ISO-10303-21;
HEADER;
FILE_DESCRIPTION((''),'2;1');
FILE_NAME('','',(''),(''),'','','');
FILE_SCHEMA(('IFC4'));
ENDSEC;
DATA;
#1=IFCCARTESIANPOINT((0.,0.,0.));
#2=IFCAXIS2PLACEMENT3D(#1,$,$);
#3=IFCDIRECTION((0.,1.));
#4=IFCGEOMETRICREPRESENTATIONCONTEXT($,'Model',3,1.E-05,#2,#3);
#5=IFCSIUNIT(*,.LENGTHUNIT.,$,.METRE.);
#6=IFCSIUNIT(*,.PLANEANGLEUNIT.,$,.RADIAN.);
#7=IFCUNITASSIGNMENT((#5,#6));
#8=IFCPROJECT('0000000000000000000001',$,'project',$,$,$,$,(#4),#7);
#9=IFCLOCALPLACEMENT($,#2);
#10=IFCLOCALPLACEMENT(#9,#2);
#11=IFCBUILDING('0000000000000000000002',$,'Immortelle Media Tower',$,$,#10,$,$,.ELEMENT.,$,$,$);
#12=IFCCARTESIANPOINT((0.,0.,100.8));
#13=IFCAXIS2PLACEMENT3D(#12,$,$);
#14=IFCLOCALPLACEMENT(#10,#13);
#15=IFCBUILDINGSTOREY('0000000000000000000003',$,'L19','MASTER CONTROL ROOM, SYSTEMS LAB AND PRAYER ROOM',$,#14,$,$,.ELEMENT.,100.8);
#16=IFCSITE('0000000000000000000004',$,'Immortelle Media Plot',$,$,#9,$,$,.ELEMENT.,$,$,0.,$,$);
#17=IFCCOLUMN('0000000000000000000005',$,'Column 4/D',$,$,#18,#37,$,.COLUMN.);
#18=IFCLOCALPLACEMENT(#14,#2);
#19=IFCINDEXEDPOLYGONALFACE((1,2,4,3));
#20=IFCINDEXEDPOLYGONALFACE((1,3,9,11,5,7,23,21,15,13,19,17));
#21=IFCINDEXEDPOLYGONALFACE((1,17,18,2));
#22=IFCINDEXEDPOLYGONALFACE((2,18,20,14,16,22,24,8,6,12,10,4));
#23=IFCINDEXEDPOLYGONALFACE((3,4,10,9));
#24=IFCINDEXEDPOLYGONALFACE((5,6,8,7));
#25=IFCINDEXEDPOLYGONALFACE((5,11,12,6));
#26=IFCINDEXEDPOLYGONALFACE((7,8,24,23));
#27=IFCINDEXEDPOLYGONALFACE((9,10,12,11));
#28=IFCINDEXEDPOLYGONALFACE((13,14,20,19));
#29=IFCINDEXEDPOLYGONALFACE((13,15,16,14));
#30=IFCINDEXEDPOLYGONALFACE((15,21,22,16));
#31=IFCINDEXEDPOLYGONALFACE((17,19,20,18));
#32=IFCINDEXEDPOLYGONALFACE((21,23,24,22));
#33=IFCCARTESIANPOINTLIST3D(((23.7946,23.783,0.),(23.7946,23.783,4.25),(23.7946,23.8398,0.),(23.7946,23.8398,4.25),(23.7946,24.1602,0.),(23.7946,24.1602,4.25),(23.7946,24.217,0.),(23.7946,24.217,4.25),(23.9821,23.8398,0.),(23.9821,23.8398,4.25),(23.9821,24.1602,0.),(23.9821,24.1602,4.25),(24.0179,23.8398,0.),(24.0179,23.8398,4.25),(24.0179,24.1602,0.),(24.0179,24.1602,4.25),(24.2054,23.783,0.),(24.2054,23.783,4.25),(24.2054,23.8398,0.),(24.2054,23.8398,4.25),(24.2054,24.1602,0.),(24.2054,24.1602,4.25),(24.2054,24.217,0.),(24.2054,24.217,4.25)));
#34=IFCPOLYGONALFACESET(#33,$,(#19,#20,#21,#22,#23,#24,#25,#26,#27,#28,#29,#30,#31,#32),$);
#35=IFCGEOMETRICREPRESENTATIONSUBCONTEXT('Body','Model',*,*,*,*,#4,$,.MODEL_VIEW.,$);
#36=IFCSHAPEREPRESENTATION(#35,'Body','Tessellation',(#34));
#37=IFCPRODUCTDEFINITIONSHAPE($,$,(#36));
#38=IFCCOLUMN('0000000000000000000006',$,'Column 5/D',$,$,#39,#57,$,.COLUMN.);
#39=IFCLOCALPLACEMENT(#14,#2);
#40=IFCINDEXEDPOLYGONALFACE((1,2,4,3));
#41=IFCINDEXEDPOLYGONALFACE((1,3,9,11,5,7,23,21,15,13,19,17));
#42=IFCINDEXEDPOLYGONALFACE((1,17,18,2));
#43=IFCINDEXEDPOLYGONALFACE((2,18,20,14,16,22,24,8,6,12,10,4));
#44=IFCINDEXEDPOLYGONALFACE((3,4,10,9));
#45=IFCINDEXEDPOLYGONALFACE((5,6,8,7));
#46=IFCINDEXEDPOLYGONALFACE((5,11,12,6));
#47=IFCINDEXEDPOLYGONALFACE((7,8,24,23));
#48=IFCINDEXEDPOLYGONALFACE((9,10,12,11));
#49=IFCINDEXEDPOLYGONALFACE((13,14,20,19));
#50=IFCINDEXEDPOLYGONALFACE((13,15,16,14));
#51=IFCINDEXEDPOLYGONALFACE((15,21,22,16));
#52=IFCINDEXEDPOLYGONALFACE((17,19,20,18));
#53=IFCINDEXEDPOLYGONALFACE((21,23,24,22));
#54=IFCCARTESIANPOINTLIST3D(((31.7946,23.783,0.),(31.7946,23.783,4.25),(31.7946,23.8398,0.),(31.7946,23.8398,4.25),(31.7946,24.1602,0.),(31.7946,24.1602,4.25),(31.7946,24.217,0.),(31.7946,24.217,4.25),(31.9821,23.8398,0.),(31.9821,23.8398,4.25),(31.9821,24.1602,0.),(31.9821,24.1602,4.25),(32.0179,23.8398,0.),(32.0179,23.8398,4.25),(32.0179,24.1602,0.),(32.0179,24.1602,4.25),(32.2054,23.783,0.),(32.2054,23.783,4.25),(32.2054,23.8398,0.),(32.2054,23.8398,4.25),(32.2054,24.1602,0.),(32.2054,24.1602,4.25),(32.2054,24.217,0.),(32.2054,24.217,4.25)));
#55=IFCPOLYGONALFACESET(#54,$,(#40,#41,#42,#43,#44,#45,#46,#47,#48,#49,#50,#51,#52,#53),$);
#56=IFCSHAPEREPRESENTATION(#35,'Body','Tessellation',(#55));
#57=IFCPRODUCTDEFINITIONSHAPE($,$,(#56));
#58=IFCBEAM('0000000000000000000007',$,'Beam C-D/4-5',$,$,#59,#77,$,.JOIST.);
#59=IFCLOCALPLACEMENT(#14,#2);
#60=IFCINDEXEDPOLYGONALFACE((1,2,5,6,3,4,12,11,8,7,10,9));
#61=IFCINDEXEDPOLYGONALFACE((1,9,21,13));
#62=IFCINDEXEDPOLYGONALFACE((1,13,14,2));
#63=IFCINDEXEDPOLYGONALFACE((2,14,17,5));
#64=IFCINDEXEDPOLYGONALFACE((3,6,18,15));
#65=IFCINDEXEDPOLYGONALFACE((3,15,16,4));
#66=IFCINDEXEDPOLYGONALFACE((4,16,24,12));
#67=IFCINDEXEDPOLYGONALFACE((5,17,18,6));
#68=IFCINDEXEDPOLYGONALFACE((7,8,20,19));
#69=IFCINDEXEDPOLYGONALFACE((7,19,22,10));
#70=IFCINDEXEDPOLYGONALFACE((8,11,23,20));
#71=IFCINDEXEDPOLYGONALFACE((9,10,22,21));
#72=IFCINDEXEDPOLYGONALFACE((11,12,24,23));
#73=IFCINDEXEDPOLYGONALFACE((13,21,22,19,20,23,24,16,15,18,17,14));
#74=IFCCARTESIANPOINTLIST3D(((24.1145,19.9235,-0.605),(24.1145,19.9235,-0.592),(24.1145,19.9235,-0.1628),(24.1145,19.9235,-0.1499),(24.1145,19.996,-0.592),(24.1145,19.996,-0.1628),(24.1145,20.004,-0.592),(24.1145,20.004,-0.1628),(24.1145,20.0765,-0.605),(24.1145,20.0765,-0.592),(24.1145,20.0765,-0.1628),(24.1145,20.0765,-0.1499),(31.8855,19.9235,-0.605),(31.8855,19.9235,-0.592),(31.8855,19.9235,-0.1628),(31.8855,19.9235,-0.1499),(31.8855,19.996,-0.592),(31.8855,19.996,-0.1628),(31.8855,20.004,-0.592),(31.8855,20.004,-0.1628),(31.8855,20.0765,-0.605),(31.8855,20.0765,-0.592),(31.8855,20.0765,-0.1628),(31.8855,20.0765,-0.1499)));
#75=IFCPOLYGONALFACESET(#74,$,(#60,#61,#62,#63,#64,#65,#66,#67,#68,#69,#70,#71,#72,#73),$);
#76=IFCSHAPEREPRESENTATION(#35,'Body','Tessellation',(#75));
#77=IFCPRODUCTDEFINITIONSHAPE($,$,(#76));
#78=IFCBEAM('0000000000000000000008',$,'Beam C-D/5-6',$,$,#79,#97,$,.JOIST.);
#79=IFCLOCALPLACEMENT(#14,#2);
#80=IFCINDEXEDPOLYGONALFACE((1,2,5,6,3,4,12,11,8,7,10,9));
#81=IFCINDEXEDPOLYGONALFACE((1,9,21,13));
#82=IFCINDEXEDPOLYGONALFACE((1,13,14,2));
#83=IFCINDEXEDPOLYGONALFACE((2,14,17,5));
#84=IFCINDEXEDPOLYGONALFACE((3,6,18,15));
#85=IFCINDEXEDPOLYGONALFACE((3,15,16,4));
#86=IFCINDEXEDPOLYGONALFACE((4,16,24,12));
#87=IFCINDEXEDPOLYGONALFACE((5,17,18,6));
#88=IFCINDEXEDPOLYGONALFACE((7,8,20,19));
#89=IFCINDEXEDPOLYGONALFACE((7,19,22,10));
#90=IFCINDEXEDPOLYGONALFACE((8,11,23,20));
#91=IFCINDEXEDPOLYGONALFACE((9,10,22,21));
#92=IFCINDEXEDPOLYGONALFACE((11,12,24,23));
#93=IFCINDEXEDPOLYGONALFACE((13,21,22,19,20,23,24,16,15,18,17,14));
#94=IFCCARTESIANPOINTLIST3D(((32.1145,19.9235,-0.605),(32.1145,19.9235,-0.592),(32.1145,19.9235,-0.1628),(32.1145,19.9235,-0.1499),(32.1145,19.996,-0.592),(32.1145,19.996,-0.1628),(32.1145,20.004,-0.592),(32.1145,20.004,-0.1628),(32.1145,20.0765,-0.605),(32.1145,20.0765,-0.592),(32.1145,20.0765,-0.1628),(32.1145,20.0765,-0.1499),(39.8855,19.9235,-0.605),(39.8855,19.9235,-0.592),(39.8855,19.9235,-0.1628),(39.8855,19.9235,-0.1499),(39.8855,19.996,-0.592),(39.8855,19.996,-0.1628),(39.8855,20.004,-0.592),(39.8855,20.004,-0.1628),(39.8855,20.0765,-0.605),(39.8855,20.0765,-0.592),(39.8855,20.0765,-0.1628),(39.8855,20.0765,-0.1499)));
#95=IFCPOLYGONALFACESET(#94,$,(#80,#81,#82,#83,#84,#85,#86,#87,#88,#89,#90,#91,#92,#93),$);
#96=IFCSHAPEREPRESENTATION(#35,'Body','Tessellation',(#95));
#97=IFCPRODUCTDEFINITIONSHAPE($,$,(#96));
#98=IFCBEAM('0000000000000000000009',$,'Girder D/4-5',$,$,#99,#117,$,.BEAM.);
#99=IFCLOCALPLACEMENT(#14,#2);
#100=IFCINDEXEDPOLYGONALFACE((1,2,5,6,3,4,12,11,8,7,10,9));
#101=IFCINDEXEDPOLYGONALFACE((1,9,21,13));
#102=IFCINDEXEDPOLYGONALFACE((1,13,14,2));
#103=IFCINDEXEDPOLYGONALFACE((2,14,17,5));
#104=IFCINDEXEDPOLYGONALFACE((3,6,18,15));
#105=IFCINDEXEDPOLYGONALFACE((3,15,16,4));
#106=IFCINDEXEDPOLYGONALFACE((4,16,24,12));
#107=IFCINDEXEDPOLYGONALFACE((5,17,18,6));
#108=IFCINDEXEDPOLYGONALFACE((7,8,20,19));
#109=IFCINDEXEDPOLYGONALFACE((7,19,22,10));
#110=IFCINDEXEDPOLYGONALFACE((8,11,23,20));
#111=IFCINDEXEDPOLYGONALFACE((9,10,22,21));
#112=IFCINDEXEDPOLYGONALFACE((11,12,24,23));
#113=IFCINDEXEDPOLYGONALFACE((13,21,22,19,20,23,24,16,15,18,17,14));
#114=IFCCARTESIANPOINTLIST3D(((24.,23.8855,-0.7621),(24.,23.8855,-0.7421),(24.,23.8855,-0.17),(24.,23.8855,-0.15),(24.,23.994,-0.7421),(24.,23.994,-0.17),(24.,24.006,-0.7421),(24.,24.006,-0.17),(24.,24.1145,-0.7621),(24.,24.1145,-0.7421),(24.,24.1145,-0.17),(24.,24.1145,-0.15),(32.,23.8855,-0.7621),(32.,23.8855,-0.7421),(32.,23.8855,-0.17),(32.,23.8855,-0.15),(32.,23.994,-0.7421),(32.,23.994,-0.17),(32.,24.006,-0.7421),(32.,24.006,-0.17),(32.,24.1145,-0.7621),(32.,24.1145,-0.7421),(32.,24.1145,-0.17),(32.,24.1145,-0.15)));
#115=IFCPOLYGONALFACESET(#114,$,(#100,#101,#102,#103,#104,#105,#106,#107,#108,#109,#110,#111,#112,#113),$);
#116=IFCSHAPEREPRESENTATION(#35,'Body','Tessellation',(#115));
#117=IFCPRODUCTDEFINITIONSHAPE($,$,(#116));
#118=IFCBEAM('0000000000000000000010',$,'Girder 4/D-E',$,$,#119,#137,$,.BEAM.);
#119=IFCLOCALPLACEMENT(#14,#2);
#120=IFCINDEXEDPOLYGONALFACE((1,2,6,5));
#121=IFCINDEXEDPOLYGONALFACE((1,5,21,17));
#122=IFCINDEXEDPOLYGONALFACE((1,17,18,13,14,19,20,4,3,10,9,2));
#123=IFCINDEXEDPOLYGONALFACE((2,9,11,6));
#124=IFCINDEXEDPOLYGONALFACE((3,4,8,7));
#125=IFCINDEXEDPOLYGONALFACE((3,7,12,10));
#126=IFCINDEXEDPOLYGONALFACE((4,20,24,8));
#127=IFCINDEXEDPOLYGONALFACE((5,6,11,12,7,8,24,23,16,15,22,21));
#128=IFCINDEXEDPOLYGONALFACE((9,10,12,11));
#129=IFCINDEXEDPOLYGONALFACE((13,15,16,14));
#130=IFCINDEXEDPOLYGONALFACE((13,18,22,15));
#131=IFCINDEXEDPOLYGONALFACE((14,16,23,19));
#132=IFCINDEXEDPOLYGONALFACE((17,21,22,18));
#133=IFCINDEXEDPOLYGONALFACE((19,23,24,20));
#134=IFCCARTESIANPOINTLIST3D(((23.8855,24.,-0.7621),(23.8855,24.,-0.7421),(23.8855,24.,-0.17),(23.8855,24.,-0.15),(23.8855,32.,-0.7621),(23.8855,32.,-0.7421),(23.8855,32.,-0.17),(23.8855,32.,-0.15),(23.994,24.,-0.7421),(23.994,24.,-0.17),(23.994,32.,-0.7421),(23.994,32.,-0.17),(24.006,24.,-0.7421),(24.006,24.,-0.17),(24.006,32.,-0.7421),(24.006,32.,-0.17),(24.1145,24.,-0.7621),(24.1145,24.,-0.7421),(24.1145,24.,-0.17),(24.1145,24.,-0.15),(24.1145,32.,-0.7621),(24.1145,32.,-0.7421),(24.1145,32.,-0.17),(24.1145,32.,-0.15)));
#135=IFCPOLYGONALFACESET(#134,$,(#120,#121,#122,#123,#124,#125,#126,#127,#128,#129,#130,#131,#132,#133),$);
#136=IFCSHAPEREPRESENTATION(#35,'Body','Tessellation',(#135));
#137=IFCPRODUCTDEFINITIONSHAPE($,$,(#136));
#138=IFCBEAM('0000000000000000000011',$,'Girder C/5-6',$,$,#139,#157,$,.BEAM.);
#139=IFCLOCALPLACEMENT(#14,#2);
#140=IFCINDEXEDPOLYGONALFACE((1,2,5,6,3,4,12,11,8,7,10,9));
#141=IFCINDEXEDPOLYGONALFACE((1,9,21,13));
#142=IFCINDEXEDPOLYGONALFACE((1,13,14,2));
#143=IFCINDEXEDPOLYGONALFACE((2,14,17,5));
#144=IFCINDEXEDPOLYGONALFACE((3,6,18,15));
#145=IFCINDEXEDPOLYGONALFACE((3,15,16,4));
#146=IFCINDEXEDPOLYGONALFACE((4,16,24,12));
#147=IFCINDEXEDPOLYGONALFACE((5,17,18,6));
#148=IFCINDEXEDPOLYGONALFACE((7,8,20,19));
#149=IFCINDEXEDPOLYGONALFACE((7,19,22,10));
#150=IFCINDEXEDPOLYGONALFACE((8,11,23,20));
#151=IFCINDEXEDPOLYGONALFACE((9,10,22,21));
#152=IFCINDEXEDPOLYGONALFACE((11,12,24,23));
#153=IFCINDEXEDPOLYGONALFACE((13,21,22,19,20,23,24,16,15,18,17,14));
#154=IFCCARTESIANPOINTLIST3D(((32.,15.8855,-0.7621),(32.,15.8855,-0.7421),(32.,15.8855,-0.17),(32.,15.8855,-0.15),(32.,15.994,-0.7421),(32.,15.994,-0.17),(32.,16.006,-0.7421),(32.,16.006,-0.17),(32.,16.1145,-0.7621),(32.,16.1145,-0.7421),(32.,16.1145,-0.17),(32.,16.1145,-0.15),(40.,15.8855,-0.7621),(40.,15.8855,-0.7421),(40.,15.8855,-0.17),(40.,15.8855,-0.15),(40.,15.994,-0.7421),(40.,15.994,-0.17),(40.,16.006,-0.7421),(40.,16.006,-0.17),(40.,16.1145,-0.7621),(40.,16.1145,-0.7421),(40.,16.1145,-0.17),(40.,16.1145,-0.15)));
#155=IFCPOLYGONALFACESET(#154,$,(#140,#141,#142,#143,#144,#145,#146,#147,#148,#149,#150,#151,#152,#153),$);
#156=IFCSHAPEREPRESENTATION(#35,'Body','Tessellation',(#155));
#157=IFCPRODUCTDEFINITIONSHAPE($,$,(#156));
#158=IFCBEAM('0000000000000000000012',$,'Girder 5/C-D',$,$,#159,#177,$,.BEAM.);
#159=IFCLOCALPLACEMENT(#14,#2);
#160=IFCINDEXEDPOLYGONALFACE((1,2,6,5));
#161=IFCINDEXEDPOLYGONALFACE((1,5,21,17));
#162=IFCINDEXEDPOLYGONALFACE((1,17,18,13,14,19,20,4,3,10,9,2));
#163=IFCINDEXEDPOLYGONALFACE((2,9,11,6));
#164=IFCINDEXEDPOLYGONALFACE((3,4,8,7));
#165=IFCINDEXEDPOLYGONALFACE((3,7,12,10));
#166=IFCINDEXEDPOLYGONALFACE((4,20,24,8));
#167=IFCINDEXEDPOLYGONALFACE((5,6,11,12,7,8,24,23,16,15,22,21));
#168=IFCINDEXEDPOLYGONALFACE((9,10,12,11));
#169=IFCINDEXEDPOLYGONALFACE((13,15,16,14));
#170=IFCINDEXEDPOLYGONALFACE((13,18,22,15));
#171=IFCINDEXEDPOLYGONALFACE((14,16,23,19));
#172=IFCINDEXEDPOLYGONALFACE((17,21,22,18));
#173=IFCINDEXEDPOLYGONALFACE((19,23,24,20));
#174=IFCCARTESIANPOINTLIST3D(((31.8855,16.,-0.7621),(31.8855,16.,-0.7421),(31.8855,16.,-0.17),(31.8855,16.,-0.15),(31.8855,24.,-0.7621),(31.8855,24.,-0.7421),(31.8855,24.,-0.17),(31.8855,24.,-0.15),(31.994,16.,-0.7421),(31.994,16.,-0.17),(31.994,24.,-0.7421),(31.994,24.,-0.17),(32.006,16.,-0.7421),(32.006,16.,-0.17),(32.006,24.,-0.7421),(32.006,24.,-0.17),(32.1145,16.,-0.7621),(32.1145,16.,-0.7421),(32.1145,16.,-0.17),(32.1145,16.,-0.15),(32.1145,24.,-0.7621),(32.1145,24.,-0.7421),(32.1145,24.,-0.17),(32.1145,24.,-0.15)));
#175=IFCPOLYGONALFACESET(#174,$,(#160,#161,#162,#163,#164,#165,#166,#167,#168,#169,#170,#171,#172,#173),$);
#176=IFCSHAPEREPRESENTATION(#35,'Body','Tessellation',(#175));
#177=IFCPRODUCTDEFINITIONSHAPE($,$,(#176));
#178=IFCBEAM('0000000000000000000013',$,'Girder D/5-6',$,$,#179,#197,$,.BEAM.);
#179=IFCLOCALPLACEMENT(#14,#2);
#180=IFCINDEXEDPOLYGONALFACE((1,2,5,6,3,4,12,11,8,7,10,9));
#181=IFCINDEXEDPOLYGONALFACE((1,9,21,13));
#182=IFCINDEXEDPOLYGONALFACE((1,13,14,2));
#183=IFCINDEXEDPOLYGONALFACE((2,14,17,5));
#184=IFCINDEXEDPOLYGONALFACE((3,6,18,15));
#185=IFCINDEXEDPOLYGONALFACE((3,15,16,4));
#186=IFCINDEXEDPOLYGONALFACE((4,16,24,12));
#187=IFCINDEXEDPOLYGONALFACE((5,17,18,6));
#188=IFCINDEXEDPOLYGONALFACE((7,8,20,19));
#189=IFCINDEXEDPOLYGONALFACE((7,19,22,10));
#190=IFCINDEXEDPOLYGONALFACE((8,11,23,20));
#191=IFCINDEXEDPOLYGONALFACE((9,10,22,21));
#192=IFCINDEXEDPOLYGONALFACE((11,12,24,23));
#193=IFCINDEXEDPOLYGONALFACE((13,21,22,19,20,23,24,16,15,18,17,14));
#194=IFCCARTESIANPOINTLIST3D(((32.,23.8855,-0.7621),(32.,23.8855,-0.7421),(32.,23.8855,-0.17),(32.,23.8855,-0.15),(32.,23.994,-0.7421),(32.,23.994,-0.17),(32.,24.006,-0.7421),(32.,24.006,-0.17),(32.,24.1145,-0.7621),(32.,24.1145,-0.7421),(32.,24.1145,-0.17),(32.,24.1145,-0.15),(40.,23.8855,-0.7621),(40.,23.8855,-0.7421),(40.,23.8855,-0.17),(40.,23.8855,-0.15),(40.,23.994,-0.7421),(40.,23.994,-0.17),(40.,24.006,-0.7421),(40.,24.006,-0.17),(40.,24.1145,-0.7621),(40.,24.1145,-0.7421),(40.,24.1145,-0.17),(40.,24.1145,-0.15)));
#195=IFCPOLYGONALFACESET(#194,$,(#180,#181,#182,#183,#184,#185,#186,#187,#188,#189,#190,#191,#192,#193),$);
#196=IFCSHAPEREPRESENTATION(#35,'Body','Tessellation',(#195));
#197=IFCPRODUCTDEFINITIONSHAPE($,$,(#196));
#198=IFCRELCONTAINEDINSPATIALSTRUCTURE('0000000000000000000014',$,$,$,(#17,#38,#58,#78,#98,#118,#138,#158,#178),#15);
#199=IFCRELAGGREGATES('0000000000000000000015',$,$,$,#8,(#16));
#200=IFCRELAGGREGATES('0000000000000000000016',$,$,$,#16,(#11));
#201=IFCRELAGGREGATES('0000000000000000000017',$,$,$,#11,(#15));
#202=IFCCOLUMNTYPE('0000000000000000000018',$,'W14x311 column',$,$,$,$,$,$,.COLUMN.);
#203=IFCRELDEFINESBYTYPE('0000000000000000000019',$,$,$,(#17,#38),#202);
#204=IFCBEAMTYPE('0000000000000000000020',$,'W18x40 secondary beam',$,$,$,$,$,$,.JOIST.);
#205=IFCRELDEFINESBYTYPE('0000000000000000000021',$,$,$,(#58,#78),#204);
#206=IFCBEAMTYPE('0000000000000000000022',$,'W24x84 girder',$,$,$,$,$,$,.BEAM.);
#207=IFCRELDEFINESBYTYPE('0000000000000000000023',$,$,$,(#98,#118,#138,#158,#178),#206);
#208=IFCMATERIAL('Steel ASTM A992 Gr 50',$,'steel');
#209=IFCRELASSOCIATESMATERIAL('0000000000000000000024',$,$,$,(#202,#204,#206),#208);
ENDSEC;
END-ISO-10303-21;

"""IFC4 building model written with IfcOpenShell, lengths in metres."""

from ifc_helpers import new_model, si_unit, direction, frame, origin, origin_2d, place, context, subcontext, project, spatial, i_section, extrude, material, material_profile, profile_set, type_object, element, save


model = new_model("IFC4")

# Units and contexts
model_context = context("Model", 3, precision=1e-05, world=origin(), true_north=direction((0.0, 1.0)))
body_context = subcontext(model_context, "Body", "Model", "MODEL_VIEW")
ifc_project = project(units=[si_unit("LENGTHUNIT", "METRE"), si_unit("PLANEANGLEUNIT", "RADIAN")], contexts=[model_context])

# Site, building, storey
site_placement = place(None, origin())
site = spatial("IfcSite", under=ifc_project, at=site_placement, Name="Immortelle Media Plot", CompositionType="ELEMENT", RefElevation=0.0)
building_placement = place(site_placement, origin())
building = spatial("IfcBuilding", under=site, at=building_placement, Name="Immortelle Media Tower", CompositionType="ELEMENT")
storey_placement = place(building_placement, frame((0.0, 0.0, 100.8)))
storey = spatial("IfcBuildingStorey", under=building, at=storey_placement, Name="L19", Description="MASTER CONTROL ROOM, SYSTEMS LAB AND PRAYER ROOM", CompositionType="ELEMENT", Elevation=100.8)

# Columns
ifc_material_1 = material(Name="Steel ASTM A992 Gr 50", Category="steel")
ifc_material_profile_1 = material_profile(ifc_material_1, i_section(OverallWidth=0.4109, OverallDepth=0.4341, WebThickness=0.0359, FlangeThickness=0.0569, at=origin_2d()), Name="W14x311")
ifc_profile_set_1 = profile_set([ifc_material_profile_1], Name="Steel ASTM A992 Gr 50")
column_type = type_object("IfcColumnType", Name="W14x311 column", PredefinedType="COLUMN", material=ifc_profile_set_1)
for number, where, z_axis, x_axis, name in (
    (1, (24.0, 24.0, 0.0), (0.0, 0.0, 1.0), (1.0, 0.0, 0.0), "Column 4/D"),
    (2, (32.0, 24.0, 0.0), (0.0, 0.0, 1.0), (1.0, 0.0, 0.0), "Column 5/D"),
):
    element("IfcColumn", number, at=place(storey_placement, frame(where, z_axis=z_axis, x_axis=x_axis)), inside=storey, type_object=column_type, Name=name, PredefinedType="COLUMN", context=body_context, shape_type="SweptSolid", body=[
        extrude(i_section(OverallWidth=0.4109, OverallDepth=0.4341, WebThickness=0.0359, FlangeThickness=0.0569, at=origin_2d()), origin(), (0.0, 0.0, 1.0), 4.25),
    ])

# Beams
ifc_material_profile_2 = material_profile(ifc_material_1, i_section(OverallWidth=0.1531, OverallDepth=0.4551, WebThickness=0.0081, FlangeThickness=0.0129, at=origin_2d()), Name="W18x40")
ifc_profile_set_2 = profile_set([ifc_material_profile_2], Name="Steel ASTM A992 Gr 50")
beam_type_1 = type_object("IfcBeamType", Name="W18x40 secondary beam", PredefinedType="JOIST", material=ifc_profile_set_2)
for number, where, z_axis, x_axis, name in (
    (3, (24.1145, 20.0, -0.3774), (1.0, 0.0, 0.0), (0.0, 1.0, 0.0), "Beam C-D/4-5"),
    (4, (32.1145, 20.0, -0.3774), (1.0, 0.0, 0.0), (0.0, 1.0, 0.0), "Beam C-D/5-6"),
):
    element("IfcBeam", number, at=place(storey_placement, frame(where, z_axis=z_axis, x_axis=x_axis)), inside=storey, type_object=beam_type_1, Name=name, PredefinedType="JOIST", context=body_context, shape_type="SweptSolid", body=[
        extrude(i_section(OverallWidth=0.1531, OverallDepth=0.4551, WebThickness=0.0081, FlangeThickness=0.0129, at=origin_2d()), origin(), (0.0, 0.0, 1.0), 7.771),
    ])
ifc_material_profile_3 = material_profile(ifc_material_1, i_section(OverallWidth=0.229, OverallDepth=0.6121, WebThickness=0.012, FlangeThickness=0.02, at=origin_2d()), Name="W24x84")
ifc_profile_set_3 = profile_set([ifc_material_profile_3], Name="Steel ASTM A992 Gr 50")
beam_type_2 = type_object("IfcBeamType", Name="W24x84 girder", PredefinedType="BEAM", material=ifc_profile_set_3)
for number, where, z_axis, x_axis, name in (
    (5, (24.0, 24.0, -0.4561), (1.0, 0.0, 0.0), (0.0, 1.0, 0.0), "Girder D/4-5"),
    (6, (24.0, 24.0, -0.4561), (0.0, 1.0, 0.0), (-1.0, 0.0, 0.0), "Girder 4/D-E"),
    (7, (32.0, 16.0, -0.4561), (1.0, 0.0, 0.0), (0.0, 1.0, 0.0), "Girder C/5-6"),
    (8, (32.0, 16.0, -0.4561), (0.0, 1.0, 0.0), (-1.0, 0.0, 0.0), "Girder 5/C-D"),
    (9, (32.0, 24.0, -0.4561), (1.0, 0.0, 0.0), (0.0, 1.0, 0.0), "Girder D/5-6"),
):
    element("IfcBeam", number, at=place(storey_placement, frame(where, z_axis=z_axis, x_axis=x_axis)), inside=storey, type_object=beam_type_2, Name=name, PredefinedType="BEAM", context=body_context, shape_type="SweptSolid", body=[
        extrude(i_section(OverallWidth=0.229, OverallDepth=0.6121, WebThickness=0.012, FlangeThickness=0.02, at=origin_2d()), origin(), (0.0, 0.0, 1.0), 8.0),
    ])

save(model, "model.ifc")
